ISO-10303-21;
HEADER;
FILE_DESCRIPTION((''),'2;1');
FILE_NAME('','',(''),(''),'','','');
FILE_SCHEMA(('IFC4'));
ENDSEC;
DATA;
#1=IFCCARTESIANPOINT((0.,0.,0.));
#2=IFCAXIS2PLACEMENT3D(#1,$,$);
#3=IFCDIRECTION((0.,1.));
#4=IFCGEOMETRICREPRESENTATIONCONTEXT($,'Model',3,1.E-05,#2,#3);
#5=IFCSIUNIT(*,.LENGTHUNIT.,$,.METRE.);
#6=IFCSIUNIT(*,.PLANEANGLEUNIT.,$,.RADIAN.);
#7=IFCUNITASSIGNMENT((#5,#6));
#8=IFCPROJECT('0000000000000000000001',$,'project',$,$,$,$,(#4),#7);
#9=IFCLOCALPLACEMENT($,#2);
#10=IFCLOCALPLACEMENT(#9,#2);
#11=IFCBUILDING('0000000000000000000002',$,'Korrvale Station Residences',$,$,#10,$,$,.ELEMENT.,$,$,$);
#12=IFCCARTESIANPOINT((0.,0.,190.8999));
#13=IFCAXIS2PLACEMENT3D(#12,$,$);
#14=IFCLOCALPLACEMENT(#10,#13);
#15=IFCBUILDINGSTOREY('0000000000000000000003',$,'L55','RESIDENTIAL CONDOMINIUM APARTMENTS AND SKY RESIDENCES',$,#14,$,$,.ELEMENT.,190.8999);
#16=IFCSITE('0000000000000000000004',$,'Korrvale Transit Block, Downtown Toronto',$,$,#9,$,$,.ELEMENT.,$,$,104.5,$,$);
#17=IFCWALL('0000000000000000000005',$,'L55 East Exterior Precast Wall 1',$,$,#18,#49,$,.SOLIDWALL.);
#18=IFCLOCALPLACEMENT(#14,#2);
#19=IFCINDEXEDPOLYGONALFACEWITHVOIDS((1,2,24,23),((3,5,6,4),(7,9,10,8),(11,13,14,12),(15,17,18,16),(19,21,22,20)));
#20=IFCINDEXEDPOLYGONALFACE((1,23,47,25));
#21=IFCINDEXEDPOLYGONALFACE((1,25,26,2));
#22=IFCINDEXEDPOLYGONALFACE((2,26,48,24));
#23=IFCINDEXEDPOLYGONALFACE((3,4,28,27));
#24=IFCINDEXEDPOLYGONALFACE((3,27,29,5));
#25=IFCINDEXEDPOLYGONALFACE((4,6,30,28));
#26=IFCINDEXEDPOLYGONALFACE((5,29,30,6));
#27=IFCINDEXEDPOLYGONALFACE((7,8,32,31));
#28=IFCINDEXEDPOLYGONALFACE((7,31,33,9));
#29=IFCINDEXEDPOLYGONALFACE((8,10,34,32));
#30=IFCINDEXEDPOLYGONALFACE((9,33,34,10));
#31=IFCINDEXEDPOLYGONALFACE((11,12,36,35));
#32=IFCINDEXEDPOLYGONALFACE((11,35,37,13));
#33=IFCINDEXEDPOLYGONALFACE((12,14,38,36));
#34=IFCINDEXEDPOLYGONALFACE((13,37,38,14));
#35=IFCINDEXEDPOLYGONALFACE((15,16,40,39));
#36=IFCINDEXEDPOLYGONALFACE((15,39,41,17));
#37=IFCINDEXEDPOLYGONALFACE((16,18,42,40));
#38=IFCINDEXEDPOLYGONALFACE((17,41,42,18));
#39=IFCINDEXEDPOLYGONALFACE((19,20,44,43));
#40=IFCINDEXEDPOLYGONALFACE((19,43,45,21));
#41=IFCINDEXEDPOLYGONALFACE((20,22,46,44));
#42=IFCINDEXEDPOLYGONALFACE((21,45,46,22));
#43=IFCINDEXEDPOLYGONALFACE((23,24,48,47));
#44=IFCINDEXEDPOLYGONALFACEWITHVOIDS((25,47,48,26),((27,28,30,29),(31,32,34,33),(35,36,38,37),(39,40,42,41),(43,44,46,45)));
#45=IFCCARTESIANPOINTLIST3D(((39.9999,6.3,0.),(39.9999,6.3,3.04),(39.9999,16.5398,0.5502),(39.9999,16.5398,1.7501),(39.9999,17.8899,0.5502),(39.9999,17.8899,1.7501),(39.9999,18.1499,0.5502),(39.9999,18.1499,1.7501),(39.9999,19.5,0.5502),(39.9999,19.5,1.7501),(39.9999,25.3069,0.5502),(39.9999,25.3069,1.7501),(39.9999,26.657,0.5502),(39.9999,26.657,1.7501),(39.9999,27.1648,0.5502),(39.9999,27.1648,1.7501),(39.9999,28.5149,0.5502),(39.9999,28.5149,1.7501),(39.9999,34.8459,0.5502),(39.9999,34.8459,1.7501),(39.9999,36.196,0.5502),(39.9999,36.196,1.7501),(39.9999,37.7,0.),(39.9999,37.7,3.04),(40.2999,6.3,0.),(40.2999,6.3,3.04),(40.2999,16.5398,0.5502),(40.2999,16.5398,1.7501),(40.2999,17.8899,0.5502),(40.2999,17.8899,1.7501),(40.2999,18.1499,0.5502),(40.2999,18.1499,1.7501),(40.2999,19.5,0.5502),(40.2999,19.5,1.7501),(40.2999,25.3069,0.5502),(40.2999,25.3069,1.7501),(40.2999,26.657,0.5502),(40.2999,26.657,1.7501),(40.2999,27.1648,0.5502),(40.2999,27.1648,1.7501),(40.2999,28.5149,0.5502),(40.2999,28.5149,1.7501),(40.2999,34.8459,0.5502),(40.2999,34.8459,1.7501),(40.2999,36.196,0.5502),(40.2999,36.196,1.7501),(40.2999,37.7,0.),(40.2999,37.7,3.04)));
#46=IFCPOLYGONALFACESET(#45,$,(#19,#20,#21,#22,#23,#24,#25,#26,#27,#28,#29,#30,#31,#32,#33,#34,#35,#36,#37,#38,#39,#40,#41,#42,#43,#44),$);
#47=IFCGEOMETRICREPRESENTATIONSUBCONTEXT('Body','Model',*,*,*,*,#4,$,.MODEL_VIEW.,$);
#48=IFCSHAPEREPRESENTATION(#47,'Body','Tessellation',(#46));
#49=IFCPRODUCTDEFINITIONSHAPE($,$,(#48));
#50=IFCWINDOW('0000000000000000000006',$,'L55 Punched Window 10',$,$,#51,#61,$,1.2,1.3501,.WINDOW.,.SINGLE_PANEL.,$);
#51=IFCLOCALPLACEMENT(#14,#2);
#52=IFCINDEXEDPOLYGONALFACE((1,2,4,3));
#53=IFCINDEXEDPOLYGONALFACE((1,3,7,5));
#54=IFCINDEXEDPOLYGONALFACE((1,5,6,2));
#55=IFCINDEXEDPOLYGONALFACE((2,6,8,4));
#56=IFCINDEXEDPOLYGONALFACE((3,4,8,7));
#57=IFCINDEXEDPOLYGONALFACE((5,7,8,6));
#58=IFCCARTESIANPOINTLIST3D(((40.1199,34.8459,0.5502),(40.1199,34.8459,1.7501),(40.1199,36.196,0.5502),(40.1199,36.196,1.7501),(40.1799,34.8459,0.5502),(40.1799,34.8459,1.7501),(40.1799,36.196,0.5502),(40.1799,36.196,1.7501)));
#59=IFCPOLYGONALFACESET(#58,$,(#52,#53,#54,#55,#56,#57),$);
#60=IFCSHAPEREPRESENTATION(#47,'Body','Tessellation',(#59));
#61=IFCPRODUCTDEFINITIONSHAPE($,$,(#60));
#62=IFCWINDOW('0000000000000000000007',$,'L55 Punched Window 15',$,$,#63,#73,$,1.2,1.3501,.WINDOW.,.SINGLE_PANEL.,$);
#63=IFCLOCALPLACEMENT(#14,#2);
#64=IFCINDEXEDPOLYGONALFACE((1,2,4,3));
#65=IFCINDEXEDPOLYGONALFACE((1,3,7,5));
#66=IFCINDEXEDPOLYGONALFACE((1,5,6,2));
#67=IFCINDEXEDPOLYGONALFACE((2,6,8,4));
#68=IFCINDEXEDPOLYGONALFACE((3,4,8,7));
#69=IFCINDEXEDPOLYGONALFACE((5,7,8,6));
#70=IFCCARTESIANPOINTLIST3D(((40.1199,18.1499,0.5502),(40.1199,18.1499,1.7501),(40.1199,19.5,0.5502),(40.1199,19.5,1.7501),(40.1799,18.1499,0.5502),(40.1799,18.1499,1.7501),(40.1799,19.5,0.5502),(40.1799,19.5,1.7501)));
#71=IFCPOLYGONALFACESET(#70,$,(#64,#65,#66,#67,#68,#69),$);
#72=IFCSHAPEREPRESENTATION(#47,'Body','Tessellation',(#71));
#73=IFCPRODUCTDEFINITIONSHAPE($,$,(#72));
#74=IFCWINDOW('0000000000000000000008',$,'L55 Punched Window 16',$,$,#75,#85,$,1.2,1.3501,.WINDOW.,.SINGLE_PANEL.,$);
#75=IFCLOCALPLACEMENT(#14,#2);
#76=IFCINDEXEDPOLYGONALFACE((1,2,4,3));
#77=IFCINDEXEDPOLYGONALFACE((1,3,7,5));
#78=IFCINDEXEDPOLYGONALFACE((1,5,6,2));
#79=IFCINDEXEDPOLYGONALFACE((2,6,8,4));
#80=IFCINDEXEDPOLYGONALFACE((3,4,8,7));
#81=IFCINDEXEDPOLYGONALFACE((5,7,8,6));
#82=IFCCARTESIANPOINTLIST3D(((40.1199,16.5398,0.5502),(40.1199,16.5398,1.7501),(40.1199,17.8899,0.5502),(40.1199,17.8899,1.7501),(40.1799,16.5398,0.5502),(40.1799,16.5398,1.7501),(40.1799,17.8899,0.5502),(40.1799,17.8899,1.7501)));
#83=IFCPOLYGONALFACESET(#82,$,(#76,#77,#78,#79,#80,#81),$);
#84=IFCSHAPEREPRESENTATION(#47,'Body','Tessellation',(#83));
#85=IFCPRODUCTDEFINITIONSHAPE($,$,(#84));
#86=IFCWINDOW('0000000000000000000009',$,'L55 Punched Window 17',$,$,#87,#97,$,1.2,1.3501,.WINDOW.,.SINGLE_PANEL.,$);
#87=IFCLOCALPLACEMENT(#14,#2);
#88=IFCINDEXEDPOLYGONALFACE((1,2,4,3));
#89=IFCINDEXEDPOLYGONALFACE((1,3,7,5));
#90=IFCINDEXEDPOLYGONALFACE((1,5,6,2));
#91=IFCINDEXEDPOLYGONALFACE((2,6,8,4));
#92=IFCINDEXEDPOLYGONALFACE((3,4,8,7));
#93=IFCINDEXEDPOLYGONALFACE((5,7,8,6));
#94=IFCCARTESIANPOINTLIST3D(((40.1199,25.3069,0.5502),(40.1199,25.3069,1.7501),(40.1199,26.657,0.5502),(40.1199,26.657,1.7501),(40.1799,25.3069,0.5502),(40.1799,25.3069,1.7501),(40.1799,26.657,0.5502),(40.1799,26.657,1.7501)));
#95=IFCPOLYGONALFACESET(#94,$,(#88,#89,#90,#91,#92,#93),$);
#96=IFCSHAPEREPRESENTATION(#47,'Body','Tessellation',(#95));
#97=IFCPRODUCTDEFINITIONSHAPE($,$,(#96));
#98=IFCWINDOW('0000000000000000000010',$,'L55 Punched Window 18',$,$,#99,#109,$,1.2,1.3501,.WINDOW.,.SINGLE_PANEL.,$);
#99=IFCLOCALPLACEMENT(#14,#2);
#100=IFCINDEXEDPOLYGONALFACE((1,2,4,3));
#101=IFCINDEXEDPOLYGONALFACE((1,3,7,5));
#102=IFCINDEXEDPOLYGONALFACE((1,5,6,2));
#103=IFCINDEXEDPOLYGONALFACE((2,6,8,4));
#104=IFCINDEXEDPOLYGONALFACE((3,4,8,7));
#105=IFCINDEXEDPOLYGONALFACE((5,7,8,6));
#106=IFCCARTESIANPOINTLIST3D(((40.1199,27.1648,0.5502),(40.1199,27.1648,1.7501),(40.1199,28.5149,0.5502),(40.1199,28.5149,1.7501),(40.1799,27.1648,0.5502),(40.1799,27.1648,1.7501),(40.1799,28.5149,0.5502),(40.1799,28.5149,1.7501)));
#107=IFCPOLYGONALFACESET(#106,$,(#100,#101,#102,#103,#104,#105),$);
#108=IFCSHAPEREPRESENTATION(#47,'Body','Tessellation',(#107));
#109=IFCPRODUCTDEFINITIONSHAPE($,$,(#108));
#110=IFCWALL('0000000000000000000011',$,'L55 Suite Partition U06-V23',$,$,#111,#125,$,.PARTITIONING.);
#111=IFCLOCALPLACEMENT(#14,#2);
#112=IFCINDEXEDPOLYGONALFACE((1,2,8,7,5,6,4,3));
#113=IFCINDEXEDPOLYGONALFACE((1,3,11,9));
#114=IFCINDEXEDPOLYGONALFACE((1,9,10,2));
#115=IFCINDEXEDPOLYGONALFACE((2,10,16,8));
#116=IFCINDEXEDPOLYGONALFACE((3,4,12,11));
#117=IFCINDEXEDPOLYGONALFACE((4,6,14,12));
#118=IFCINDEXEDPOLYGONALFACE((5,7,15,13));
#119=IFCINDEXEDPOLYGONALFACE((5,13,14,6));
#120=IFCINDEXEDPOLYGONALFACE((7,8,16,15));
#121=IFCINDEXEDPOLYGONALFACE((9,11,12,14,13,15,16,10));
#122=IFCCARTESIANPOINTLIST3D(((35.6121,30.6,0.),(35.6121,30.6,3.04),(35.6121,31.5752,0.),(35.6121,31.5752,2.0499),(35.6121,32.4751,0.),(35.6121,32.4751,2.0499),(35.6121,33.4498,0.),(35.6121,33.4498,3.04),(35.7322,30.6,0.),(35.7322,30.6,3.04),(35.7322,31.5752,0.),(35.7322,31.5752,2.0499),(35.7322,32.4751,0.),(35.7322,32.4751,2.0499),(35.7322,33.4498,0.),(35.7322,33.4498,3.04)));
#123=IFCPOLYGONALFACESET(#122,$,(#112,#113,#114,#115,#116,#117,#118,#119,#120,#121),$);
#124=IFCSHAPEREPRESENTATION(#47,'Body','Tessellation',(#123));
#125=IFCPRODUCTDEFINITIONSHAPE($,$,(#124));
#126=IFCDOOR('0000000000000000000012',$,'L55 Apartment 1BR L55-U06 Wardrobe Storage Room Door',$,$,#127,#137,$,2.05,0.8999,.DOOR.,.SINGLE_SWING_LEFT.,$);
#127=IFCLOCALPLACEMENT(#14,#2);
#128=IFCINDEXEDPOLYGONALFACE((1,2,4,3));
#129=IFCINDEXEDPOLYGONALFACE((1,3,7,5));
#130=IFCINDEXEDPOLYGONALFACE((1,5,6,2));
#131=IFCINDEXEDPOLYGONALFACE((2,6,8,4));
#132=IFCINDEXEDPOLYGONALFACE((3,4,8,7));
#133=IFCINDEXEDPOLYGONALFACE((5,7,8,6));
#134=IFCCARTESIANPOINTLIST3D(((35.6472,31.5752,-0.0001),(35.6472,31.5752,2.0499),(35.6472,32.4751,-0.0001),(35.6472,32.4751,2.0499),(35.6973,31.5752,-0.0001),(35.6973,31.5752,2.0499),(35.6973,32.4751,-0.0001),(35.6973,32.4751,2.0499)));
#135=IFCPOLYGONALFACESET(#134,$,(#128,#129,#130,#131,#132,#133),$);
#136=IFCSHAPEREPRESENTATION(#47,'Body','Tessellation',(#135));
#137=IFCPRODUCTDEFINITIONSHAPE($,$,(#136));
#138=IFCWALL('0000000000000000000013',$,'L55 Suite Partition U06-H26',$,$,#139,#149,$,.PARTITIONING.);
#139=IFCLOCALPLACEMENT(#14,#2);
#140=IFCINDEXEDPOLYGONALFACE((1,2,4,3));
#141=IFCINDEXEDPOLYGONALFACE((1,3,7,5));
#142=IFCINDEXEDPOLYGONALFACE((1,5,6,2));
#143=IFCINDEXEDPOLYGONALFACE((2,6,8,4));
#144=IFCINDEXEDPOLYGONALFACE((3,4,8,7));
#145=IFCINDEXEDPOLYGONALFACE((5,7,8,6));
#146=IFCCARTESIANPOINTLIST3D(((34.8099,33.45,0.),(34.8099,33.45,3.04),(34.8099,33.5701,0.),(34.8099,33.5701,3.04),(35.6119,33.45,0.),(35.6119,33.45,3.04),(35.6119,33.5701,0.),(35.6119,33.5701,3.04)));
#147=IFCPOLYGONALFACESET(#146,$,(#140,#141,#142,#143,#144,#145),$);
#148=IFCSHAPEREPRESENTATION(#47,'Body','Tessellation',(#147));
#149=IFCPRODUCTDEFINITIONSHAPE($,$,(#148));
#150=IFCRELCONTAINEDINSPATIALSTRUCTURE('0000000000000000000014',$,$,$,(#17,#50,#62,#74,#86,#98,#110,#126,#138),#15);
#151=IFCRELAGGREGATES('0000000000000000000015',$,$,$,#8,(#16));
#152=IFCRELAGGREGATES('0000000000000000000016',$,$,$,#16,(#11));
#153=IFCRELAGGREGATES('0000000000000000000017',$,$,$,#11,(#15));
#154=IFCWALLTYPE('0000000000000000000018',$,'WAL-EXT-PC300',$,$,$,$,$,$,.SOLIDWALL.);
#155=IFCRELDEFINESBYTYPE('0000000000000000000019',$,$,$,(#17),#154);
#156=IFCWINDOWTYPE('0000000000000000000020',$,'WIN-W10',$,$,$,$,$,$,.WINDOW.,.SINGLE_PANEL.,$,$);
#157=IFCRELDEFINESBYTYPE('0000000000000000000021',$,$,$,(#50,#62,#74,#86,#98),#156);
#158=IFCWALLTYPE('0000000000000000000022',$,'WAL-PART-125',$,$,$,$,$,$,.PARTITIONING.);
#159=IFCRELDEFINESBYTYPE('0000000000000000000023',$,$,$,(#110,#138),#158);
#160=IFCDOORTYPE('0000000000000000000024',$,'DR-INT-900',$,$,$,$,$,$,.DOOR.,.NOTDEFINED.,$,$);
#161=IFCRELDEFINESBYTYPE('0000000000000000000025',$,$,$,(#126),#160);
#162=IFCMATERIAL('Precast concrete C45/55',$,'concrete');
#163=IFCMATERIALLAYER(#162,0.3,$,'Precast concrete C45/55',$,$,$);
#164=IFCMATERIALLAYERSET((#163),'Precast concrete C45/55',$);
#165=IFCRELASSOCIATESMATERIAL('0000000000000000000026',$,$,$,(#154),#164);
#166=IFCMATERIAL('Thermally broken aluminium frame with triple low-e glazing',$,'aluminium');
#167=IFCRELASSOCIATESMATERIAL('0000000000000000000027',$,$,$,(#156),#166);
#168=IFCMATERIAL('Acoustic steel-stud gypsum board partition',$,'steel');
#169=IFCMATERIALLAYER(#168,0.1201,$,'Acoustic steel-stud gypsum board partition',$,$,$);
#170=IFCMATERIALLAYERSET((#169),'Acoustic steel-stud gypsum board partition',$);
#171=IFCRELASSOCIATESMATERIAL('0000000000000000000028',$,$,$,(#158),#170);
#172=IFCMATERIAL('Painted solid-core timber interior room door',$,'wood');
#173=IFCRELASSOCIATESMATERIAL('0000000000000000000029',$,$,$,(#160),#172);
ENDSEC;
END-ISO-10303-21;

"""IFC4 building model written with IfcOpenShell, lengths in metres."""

from ifc_helpers import new_model, si_unit, direction, frame, frame_2d, origin, place, context, subcontext, project, spatial, rectangle, extrude, material, layer, layer_set, type_object, element, fill, save


model = new_model("IFC4")

# Units and contexts
model_context = context("Model", 3, precision=1e-05, world=origin(), true_north=direction((0.0, 1.0)))
body_context = subcontext(model_context, "Body", "Model", "MODEL_VIEW")
ifc_project = project(units=[si_unit("LENGTHUNIT", "METRE"), si_unit("PLANEANGLEUNIT", "RADIAN")], contexts=[model_context])

# Site, building, storey
site_placement = place(None, origin())
site = spatial("IfcSite", under=ifc_project, at=site_placement, Name="Korrvale Transit Block, Downtown Toronto", CompositionType="ELEMENT", RefElevation=104.5)
building_placement = place(site_placement, origin())
building = spatial("IfcBuilding", under=site, at=building_placement, Name="Korrvale Station Residences", CompositionType="ELEMENT")
storey_placement = place(building_placement, frame((0.0, 0.0, 190.8999)))
storey = spatial("IfcBuildingStorey", under=building, at=storey_placement, Name="L55", Description="RESIDENTIAL CONDOMINIUM APARTMENTS AND SKY RESIDENCES", CompositionType="ELEMENT", Elevation=190.8999)

# Shared definitions
ifc_material_1 = material(Name="Precast concrete C45/55", Category="concrete")
ifc_layer_1 = layer(ifc_material_1, 0.3, Name="Precast concrete C45/55")
ifc_layer_set_1 = layer_set([ifc_layer_1], Name="Precast concrete C45/55")
wall_type_1 = type_object("IfcWallType", Name="WAL-EXT-PC300", PredefinedType="SOLIDWALL", material=ifc_layer_set_1)

# Wall, openings, windows
wall_1_placement = place(storey_placement, frame((40.1499, 37.7, 0.0), z_axis=(0.0, 0.0, 1.0), x_axis=(0.0, -1.0, 0.0)))
wall_1 = element("IfcWall", 1, at=wall_1_placement, inside=storey, type_object=wall_type_1, Name="L55 East Exterior Precast Wall 1", PredefinedType="SOLIDWALL", context=body_context, shape_type="SweptSolid", body=[
    extrude(rectangle(XDim=31.3999, YDim=0.3, at=frame_2d((15.7, 0.0))), origin(), (0.0, 0.0, 1.0), 3.04),
])
opening_1_placement = place(wall_1_placement, frame((1.5039, 0.0, 0.55)))
opening_1 = element("IfcOpeningElement", 2, at=opening_1_placement, cuts=wall_1, PredefinedType="OPENING", context=body_context, shape_type="SweptSolid", body=[
    extrude(rectangle(XDim=1.3501, YDim=1.2, at=frame_2d((0.675, 0.6001))), frame((0.0, 0.1602, 0.0), z_axis=(0.0, -1.0, 0.0), x_axis=(1.0, 0.0, 0.0)), (0.0, 0.0, 1.0), 0.3201),
])
opening_2_placement = place(wall_1_placement, frame((18.2, 0.0, 0.55)))
opening_2 = element("IfcOpeningElement", 3, at=opening_2_placement, cuts=wall_1, PredefinedType="OPENING", context=body_context, shape_type="SweptSolid", body=[
    extrude(rectangle(XDim=1.3501, YDim=1.2, at=frame_2d((0.675, 0.6001))), frame((0.0, 0.1602, 0.0), z_axis=(0.0, -1.0, 0.0), x_axis=(1.0, 0.0, 0.0)), (0.0, 0.0, 1.0), 0.3201),
])
opening_3_placement = place(wall_1_placement, frame((19.8101, 0.0, 0.55)))
opening_3 = element("IfcOpeningElement", 4, at=opening_3_placement, cuts=wall_1, PredefinedType="OPENING", context=body_context, shape_type="SweptSolid", body=[
    extrude(rectangle(XDim=1.3501, YDim=1.2, at=frame_2d((0.675, 0.6001))), frame((0.0, 0.1602, 0.0), z_axis=(0.0, -1.0, 0.0), x_axis=(1.0, 0.0, 0.0)), (0.0, 0.0, 1.0), 0.3201),
])
opening_4_placement = place(wall_1_placement, frame((11.043, 0.0, 0.55)))
opening_4 = element("IfcOpeningElement", 5, at=opening_4_placement, cuts=wall_1, PredefinedType="OPENING", context=body_context, shape_type="SweptSolid", body=[
    extrude(rectangle(XDim=1.3501, YDim=1.2, at=frame_2d((0.675, 0.6001))), frame((0.0, 0.1602, 0.0), z_axis=(0.0, -1.0, 0.0), x_axis=(1.0, 0.0, 0.0)), (0.0, 0.0, 1.0), 0.3201),
])
opening_5_placement = place(wall_1_placement, frame((9.1851, 0.0, 0.55)))
opening_5 = element("IfcOpeningElement", 6, at=opening_5_placement, cuts=wall_1, PredefinedType="OPENING", context=body_context, shape_type="SweptSolid", body=[
    extrude(rectangle(XDim=1.3501, YDim=1.2, at=frame_2d((0.675, 0.6001))), frame((0.0, 0.1602, 0.0), z_axis=(0.0, -1.0, 0.0), x_axis=(1.0, 0.0, 0.0)), (0.0, 0.0, 1.0), 0.3201),
])
ifc_material_2 = material(Name="Thermally broken aluminium frame with triple low-e glazing", Category="aluminium")
window_type = type_object("IfcWindowType", Name="WIN-W10", PartitioningType="SINGLE_PANEL", PredefinedType="WINDOW", material=ifc_material_2)
window_1_placement = place(opening_1_placement, origin())
window_1 = element("IfcWindow", 7, at=window_1_placement, inside=storey, type_object=window_type, Name="L55 Punched Window 10", OverallHeight=1.2, OverallWidth=1.3501, PartitioningType="SINGLE_PANEL", PredefinedType="WINDOW", context=body_context, shape_type="SweptSolid", body=[
    extrude(rectangle(XDim=1.3501, YDim=1.2, at=frame_2d((0.675, 0.6001))), frame((0.0, 0.03, 0.0), z_axis=(0.0, -1.0, 0.0), x_axis=(1.0, 0.0, 0.0)), (0.0, 0.0, 1.0), 0.0601),
])
fill(opening_1, window_1)
window_2_placement = place(opening_2_placement, origin())
window_2 = element("IfcWindow", 8, at=window_2_placement, inside=storey, type_object=window_type, Name="L55 Punched Window 15", OverallHeight=1.2, OverallWidth=1.3501, PartitioningType="SINGLE_PANEL", PredefinedType="WINDOW", context=body_context, shape_type="SweptSolid", body=[
    extrude(rectangle(XDim=1.3501, YDim=1.2, at=frame_2d((0.675, 0.6001))), frame((0.0, 0.03, 0.0), z_axis=(0.0, -1.0, 0.0), x_axis=(1.0, 0.0, 0.0)), (0.0, 0.0, 1.0), 0.0601),
])
fill(opening_2, window_2)
window_3_placement = place(opening_3_placement, origin())
window_3 = element("IfcWindow", 9, at=window_3_placement, inside=storey, type_object=window_type, Name="L55 Punched Window 16", OverallHeight=1.2, OverallWidth=1.3501, PartitioningType="SINGLE_PANEL", PredefinedType="WINDOW", context=body_context, shape_type="SweptSolid", body=[
    extrude(rectangle(XDim=1.3501, YDim=1.2, at=frame_2d((0.675, 0.6001))), frame((0.0, 0.03, 0.0), z_axis=(0.0, -1.0, 0.0), x_axis=(1.0, 0.0, 0.0)), (0.0, 0.0, 1.0), 0.0601),
])
fill(opening_3, window_3)
window_4_placement = place(opening_4_placement, origin())
window_4 = element("IfcWindow", 10, at=window_4_placement, inside=storey, type_object=window_type, Name="L55 Punched Window 17", OverallHeight=1.2, OverallWidth=1.3501, PartitioningType="SINGLE_PANEL", PredefinedType="WINDOW", context=body_context, shape_type="SweptSolid", body=[
    extrude(rectangle(XDim=1.3501, YDim=1.2, at=frame_2d((0.675, 0.6001))), frame((0.0, 0.03, 0.0), z_axis=(0.0, -1.0, 0.0), x_axis=(1.0, 0.0, 0.0)), (0.0, 0.0, 1.0), 0.0601),
])
fill(opening_4, window_4)
window_5_placement = place(opening_5_placement, origin())
window_5 = element("IfcWindow", 11, at=window_5_placement, inside=storey, type_object=window_type, Name="L55 Punched Window 18", OverallHeight=1.2, OverallWidth=1.3501, PartitioningType="SINGLE_PANEL", PredefinedType="WINDOW", context=body_context, shape_type="SweptSolid", body=[
    extrude(rectangle(XDim=1.3501, YDim=1.2, at=frame_2d((0.675, 0.6001))), frame((0.0, 0.03, 0.0), z_axis=(0.0, -1.0, 0.0), x_axis=(1.0, 0.0, 0.0)), (0.0, 0.0, 1.0), 0.0601),
])
fill(opening_5, window_5)

# Wall, opening, door
ifc_material_3 = material(Name="Acoustic steel-stud gypsum board partition", Category="steel")
ifc_layer_2 = layer(ifc_material_3, 0.1201, Name="Acoustic steel-stud gypsum board partition")
ifc_layer_set_2 = layer_set([ifc_layer_2], Name="Acoustic steel-stud gypsum board partition")
wall_type_2 = type_object("IfcWallType", Name="WAL-PART-125", PredefinedType="PARTITIONING", material=ifc_layer_set_2)
wall_2_placement = place(storey_placement, frame((35.6721, 30.6001, 0.0), z_axis=(0.0, 0.0, 1.0), x_axis=(0.0, 1.0, 0.0)))
wall_2 = element("IfcWall", 12, at=wall_2_placement, inside=storey, type_object=wall_type_2, Name="L55 Suite Partition U06-V23", PredefinedType="PARTITIONING", context=body_context, shape_type="SweptSolid", body=[
    extrude(rectangle(XDim=2.8499, YDim=0.1201, at=frame_2d((1.4248, 0.0))), origin(), (0.0, 0.0, 1.0), 3.04),
])
opening_6_placement = place(wall_2_placement, frame((0.9751, 0.0, 0.0)))
opening_6 = element("IfcOpeningElement", 13, at=opening_6_placement, cuts=wall_2, PredefinedType="OPENING", context=body_context, shape_type="SweptSolid", body=[
    extrude(rectangle(XDim=0.8999, YDim=2.05, at=frame_2d((0.45, 1.0249))), frame((0.0, 0.0701, 0.0), z_axis=(0.0, -1.0, 0.0), x_axis=(1.0, 0.0, 0.0)), (0.0, 0.0, 1.0), 0.1401),
])
ifc_material_4 = material(Name="Painted solid-core timber interior room door", Category="wood")
door_type = type_object("IfcDoorType", Name="DR-INT-900", OperationType="NOTDEFINED", PredefinedType="DOOR", material=ifc_material_4)
door_1_placement = place(opening_6_placement, origin())
door_1 = element("IfcDoor", 14, at=door_1_placement, inside=storey, type_object=door_type, Name="L55 Apartment 1BR L55-U06 Wardrobe Storage Room Door", OperationType="SINGLE_SWING_LEFT", OverallHeight=2.05, OverallWidth=0.8999, PredefinedType="DOOR", context=body_context, shape_type="SweptSolid", body=[
    extrude(rectangle(XDim=0.8999, YDim=2.05, at=frame_2d((0.45, 1.0249))), frame((0.0, 0.0249, 0.0), z_axis=(0.0, -1.0, 0.0), x_axis=(1.0, 0.0, 0.0)), (0.0, 0.0, 1.0), 0.05),
])
fill(opening_6, door_1)

# Wall
wall_3_placement = place(storey_placement, frame((34.8101, 33.51, 0.0), z_axis=(0.0, 0.0, 1.0), x_axis=(1.0, 0.0, 0.0)))
element("IfcWall", 15, at=wall_3_placement, inside=storey, type_object=wall_type_2, Name="L55 Suite Partition U06-H26", PredefinedType="PARTITIONING", context=body_context, shape_type="SweptSolid", body=[
    extrude(rectangle(XDim=0.802, YDim=0.1201, at=frame_2d((0.4009, 0.0))), origin(), (0.0, 0.0, 1.0), 3.04),
])

save(model, "model.ifc")
